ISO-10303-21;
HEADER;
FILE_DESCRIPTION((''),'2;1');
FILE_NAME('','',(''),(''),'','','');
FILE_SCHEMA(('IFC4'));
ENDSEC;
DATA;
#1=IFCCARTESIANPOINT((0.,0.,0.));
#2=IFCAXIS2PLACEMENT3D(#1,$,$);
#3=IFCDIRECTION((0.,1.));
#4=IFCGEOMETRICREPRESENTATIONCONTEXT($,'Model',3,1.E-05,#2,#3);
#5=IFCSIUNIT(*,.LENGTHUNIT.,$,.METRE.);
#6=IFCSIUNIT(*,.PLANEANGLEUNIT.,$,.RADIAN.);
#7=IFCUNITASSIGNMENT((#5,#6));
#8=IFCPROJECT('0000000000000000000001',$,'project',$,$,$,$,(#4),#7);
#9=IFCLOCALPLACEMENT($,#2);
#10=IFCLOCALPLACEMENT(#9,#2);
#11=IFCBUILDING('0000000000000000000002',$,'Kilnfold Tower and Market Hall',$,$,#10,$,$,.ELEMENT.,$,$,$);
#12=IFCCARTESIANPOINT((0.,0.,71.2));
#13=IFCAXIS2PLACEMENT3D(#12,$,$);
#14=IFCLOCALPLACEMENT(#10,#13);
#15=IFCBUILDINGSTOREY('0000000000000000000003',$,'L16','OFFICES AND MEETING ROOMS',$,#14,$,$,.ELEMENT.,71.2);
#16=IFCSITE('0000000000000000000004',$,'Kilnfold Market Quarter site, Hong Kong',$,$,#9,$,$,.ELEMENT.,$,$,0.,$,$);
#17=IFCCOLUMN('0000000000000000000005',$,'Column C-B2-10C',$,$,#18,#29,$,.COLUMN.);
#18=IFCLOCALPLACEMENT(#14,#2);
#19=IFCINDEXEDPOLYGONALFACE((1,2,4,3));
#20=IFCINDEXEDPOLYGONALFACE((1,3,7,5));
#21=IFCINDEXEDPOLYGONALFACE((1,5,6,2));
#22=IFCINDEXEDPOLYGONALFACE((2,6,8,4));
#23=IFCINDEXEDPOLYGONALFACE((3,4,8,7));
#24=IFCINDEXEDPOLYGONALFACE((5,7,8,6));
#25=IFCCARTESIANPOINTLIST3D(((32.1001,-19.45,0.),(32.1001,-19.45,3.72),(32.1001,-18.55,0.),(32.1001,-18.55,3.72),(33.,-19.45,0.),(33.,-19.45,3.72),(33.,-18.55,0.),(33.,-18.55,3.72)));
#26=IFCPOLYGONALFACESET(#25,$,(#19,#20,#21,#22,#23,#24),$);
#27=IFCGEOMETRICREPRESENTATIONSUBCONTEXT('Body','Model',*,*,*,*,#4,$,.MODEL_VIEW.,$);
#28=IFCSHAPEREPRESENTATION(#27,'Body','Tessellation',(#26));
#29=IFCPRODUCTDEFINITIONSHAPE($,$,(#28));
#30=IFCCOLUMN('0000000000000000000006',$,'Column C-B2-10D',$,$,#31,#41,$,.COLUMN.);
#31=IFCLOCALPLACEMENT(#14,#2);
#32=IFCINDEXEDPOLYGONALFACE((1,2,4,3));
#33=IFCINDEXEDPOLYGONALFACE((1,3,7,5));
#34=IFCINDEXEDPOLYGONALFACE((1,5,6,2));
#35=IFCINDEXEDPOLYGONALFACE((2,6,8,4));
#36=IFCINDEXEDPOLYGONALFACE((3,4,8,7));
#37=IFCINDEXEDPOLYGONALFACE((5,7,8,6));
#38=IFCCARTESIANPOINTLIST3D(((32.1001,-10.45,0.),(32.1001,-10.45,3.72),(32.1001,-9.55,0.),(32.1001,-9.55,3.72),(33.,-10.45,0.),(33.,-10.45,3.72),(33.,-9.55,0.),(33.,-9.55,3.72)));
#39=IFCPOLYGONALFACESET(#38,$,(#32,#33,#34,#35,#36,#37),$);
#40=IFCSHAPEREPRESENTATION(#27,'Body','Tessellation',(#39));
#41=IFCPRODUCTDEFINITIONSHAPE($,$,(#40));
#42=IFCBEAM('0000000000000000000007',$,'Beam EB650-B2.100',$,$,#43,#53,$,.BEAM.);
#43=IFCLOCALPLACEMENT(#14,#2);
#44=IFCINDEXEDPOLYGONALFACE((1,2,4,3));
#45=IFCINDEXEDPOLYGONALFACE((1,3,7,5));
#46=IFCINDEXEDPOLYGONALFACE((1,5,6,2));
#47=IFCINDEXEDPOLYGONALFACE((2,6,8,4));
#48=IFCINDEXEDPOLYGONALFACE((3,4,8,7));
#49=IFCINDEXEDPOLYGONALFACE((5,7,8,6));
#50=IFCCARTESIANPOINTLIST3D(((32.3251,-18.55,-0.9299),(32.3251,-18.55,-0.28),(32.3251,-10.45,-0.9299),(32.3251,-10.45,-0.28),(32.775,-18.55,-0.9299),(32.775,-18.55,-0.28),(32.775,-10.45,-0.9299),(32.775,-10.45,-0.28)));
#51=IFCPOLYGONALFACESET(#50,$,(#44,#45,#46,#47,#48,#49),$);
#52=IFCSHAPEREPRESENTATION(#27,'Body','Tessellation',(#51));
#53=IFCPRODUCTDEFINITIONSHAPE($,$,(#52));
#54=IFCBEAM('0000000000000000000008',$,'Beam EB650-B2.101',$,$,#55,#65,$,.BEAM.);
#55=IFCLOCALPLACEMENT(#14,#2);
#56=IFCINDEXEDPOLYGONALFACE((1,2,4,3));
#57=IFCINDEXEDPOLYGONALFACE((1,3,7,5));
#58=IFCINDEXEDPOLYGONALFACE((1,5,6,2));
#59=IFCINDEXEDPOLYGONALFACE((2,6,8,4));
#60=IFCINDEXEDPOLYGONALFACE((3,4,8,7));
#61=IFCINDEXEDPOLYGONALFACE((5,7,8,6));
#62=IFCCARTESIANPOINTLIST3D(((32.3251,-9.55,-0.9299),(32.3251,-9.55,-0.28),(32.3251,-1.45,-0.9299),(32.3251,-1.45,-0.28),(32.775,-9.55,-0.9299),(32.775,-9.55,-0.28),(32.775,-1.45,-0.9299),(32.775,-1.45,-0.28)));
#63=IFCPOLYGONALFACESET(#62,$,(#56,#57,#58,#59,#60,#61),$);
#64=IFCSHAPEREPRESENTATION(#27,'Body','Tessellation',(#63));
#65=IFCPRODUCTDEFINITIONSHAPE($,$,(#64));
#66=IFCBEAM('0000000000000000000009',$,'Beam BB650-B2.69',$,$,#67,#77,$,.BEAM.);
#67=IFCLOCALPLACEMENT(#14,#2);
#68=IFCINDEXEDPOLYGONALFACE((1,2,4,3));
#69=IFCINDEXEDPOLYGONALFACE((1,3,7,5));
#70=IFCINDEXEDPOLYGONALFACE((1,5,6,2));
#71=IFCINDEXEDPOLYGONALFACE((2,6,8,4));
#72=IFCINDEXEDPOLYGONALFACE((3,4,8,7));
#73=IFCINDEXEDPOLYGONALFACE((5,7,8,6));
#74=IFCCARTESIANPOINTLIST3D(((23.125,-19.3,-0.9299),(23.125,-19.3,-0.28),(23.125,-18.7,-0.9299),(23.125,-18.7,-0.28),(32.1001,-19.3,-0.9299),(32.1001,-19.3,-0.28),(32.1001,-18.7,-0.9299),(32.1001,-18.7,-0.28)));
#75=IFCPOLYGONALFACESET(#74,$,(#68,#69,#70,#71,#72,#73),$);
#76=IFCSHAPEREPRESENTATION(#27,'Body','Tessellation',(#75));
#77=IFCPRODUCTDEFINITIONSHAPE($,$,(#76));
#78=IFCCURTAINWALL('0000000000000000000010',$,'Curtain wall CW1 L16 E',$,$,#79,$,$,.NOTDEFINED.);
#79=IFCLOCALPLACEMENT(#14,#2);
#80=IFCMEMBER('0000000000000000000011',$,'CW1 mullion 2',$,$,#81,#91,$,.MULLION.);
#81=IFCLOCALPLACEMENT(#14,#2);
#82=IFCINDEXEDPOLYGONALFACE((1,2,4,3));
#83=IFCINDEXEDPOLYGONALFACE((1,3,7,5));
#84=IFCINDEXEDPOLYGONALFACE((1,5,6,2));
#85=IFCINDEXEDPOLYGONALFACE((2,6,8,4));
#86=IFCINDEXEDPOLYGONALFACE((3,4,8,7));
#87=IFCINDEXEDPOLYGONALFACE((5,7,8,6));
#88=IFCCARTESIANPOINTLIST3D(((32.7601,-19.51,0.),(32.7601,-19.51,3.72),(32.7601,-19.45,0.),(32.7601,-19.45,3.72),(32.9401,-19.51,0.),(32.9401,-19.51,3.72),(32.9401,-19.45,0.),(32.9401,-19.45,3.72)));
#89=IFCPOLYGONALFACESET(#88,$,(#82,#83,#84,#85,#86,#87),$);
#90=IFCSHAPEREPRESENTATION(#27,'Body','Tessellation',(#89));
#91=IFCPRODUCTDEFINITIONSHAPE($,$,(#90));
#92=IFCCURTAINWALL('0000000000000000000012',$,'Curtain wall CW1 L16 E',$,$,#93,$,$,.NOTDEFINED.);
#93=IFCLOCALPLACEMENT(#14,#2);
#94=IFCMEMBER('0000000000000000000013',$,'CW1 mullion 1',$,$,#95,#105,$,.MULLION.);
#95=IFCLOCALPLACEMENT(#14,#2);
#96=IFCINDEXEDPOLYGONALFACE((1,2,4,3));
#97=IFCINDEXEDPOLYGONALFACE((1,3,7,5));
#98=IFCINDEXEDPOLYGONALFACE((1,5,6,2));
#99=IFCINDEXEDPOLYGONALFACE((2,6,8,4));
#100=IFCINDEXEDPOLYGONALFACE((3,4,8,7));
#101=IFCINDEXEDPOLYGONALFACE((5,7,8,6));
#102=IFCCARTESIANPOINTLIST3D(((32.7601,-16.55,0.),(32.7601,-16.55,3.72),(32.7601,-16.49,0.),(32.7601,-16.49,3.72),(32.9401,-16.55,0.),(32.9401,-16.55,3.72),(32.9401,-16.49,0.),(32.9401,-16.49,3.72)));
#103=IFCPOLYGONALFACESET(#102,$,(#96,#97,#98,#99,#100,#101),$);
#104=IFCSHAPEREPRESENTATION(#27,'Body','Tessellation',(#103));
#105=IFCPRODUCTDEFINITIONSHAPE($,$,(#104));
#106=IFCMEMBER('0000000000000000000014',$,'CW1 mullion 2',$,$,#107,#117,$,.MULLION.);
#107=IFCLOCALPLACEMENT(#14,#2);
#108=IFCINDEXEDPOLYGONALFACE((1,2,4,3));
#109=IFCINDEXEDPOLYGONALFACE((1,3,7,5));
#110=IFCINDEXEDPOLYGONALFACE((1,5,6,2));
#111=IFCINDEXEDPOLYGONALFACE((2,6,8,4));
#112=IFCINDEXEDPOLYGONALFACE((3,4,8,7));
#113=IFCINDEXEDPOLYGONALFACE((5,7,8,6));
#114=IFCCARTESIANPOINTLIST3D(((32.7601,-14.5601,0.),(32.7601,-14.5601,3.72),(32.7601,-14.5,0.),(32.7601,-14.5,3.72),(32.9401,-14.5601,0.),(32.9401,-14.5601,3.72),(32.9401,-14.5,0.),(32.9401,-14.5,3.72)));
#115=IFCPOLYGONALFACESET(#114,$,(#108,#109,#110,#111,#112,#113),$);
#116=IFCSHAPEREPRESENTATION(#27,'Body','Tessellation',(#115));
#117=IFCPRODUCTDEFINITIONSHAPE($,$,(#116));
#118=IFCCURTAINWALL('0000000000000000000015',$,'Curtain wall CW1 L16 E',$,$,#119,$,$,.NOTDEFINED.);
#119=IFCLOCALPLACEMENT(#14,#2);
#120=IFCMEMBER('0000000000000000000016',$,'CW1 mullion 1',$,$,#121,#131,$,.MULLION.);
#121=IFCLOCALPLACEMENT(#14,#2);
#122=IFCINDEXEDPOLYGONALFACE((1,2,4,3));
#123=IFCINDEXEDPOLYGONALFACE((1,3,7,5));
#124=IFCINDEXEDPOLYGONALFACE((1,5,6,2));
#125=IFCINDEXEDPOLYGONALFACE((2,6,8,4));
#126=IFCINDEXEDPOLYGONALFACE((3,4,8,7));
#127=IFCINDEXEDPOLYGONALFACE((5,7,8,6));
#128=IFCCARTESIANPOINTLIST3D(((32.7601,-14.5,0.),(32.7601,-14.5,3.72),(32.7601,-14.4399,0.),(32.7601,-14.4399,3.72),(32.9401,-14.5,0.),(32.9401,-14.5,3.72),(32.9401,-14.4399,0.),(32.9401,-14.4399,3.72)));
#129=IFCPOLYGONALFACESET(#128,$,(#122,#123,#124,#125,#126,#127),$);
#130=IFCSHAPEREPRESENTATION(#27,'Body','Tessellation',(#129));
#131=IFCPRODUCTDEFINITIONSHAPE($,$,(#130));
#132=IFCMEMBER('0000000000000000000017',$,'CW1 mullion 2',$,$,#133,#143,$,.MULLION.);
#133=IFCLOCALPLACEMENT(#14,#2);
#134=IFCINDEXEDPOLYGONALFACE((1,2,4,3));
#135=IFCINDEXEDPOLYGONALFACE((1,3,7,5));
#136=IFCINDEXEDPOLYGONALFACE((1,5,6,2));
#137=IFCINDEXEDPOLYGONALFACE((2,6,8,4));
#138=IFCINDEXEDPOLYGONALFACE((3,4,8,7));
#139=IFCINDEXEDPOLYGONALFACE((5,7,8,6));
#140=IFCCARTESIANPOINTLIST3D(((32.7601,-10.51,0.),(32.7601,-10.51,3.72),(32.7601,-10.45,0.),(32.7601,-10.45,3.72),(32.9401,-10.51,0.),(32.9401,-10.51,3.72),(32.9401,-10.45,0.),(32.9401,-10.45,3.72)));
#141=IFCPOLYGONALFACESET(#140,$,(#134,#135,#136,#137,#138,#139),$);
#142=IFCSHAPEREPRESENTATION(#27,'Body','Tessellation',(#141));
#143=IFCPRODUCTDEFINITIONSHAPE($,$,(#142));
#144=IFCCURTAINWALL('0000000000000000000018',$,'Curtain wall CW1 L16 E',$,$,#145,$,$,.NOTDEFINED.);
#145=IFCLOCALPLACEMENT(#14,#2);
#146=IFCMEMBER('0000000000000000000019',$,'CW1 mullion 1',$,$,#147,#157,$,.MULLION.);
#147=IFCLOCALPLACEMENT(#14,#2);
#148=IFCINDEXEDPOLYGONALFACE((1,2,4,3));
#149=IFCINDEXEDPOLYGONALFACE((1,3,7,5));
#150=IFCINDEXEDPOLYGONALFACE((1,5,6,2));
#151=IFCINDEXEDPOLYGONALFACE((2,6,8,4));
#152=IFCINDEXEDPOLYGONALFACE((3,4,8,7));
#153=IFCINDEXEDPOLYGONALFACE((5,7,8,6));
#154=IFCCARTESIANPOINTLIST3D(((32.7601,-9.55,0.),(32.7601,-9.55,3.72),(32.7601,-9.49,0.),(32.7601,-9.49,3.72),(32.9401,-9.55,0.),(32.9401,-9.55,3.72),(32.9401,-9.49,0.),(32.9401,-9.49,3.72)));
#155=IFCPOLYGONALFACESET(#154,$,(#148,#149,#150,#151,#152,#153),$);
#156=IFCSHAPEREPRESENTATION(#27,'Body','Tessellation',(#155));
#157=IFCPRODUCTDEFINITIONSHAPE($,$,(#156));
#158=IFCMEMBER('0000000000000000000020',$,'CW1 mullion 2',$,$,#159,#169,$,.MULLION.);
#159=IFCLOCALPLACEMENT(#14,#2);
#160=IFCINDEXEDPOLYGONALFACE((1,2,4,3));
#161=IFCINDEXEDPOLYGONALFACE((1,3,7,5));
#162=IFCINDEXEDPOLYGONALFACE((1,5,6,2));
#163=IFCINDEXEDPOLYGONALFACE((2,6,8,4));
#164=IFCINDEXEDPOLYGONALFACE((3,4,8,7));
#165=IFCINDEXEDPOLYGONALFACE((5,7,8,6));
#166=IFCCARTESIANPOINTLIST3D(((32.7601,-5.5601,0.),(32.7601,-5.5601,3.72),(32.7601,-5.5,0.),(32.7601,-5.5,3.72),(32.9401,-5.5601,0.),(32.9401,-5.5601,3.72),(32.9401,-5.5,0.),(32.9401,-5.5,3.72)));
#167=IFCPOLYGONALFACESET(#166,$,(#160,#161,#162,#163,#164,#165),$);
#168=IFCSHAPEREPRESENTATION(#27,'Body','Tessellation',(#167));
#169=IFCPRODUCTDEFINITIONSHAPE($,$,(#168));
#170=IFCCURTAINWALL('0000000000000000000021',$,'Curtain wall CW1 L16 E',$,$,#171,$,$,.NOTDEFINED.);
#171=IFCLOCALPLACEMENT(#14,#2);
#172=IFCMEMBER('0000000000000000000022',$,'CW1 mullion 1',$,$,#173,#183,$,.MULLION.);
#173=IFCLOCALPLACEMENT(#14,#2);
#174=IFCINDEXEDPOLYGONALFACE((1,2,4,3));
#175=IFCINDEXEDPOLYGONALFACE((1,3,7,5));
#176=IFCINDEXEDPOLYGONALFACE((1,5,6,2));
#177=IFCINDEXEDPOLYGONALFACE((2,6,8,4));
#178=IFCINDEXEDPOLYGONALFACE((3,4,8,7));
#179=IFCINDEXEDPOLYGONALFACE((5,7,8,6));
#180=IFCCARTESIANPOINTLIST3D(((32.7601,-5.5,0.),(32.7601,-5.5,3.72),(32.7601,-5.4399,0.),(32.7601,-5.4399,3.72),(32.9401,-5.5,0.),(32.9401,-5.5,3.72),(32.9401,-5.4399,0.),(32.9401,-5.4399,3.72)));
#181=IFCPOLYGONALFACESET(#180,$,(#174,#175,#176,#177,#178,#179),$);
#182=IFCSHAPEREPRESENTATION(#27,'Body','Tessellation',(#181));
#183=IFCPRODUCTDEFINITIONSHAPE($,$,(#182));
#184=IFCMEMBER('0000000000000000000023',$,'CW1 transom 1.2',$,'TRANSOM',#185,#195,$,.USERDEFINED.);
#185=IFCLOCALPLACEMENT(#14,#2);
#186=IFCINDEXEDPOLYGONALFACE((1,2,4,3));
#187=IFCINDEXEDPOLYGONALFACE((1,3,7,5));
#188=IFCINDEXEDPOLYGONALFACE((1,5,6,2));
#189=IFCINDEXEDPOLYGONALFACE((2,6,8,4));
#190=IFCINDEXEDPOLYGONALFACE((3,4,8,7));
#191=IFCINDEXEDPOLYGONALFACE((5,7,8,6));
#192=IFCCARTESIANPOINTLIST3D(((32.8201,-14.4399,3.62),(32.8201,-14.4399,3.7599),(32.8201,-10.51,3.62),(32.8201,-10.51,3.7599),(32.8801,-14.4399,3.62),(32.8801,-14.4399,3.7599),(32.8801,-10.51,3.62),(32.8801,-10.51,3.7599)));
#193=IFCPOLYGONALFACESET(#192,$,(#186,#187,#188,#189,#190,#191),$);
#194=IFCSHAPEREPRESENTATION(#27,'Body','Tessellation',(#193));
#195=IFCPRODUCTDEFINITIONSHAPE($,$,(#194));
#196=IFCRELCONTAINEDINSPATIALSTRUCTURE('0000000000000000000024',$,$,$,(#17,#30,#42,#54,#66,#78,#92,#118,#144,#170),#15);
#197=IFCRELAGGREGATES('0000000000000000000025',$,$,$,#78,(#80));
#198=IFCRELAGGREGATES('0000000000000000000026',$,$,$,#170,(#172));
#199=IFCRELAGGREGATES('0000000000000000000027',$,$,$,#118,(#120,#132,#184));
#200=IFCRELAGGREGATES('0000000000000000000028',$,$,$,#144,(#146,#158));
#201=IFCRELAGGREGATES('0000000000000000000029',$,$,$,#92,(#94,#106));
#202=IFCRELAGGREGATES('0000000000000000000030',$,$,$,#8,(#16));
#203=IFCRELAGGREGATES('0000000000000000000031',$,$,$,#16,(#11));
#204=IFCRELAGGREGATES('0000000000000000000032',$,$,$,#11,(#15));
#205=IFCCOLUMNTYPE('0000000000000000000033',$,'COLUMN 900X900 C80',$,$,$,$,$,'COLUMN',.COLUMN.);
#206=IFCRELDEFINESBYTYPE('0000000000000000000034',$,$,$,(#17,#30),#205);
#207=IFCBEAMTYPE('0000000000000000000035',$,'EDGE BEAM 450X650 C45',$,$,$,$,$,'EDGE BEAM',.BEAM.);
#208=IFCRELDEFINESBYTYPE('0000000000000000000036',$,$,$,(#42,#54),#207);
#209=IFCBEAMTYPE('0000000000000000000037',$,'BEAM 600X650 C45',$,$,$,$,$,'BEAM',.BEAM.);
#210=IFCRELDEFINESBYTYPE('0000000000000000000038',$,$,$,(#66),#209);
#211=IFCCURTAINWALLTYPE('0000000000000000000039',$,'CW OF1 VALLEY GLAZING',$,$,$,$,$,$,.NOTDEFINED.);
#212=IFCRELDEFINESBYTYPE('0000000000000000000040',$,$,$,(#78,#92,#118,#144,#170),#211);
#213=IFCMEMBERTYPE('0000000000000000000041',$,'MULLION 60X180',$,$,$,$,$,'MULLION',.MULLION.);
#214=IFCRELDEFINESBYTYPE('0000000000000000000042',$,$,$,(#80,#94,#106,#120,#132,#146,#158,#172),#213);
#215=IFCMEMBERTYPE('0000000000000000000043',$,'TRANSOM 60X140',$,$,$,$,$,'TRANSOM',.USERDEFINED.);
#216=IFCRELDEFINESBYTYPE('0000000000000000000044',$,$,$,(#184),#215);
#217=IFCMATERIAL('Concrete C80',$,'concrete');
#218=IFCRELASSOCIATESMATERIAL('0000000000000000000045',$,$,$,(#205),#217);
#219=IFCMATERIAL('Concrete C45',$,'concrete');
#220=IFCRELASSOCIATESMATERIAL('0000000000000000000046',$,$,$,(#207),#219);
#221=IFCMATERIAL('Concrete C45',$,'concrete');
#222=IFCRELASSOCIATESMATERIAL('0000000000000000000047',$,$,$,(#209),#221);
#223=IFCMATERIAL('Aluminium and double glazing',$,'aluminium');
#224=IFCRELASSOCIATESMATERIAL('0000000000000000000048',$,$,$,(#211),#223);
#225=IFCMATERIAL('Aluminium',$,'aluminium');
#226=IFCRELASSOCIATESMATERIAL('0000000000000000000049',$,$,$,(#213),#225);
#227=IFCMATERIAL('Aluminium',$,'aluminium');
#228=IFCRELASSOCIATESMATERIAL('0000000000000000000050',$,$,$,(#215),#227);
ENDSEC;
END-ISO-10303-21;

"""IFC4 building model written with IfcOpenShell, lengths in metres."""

from ifc_helpers import new_model, si_unit, direction, frame, origin, origin_2d, place, context, subcontext, project, spatial, rectangle, extrude, source, transform, mapped, material, material_profile, profile_set, type_object, element, aggregate, save


model = new_model("IFC4")

# Units and contexts
model_context = context("Model", 3, precision=1e-05, world=origin(), true_north=direction((0.0, 1.0)))
body_context = subcontext(model_context, "Body", "Model", "MODEL_VIEW")
ifc_project = project(units=[si_unit("LENGTHUNIT", "METRE"), si_unit("PLANEANGLEUNIT", "RADIAN")], contexts=[model_context])

# Site, building, storey
site_placement = place(None, origin())
site = spatial("IfcSite", under=ifc_project, at=site_placement, Name="Kilnfold Market Quarter site, Hong Kong", CompositionType="ELEMENT", RefElevation=0.0)
building_placement = place(site_placement, origin())
building = spatial("IfcBuilding", under=site, at=building_placement, Name="Kilnfold Tower and Market Hall", CompositionType="ELEMENT")
storey_placement = place(building_placement, frame((0.0, 0.0, 71.2)))
storey = spatial("IfcBuildingStorey", under=building, at=storey_placement, Name="L16", Description="OFFICES AND MEETING ROOMS", CompositionType="ELEMENT", Elevation=71.2)

# Columns
ifc_material_1 = material(Name="Concrete C80", Category="concrete")
ifc_material_profile_1 = material_profile(ifc_material_1, rectangle(XDim=0.8999, YDim=0.8999, at=origin_2d()), Name="RC 900x900")
ifc_profile_set_1 = profile_set([ifc_material_profile_1], Name="Concrete C80")
column_type = type_object("IfcColumnType", Name="COLUMN 900X900 C80", ElementType="COLUMN", PredefinedType="COLUMN", material=ifc_profile_set_1)
shared_shape_1 = source(origin(), body_context, "Body", "SweptSolid", [
    extrude(rectangle(XDim=0.8999, YDim=0.8999, at=origin_2d()), origin(), (0.0, 0.0, 1.0), 3.72),
])
for number, where, z_axis, x_axis, name in (
    (1, (32.55, -19.0, 0.0), (0.0, 0.0, 1.0), (1.0, 0.0, 0.0), "Column C-B2-10C"),
    (2, (32.55, -10.0, 0.0), (0.0, 0.0, 1.0), (1.0, 0.0, 0.0), "Column C-B2-10D"),
):
    element("IfcColumn", number, at=place(storey_placement, frame(where, z_axis=z_axis, x_axis=x_axis)), inside=storey, type_object=column_type, Name=name, PredefinedType="COLUMN", context=body_context, shape_type="MappedRepresentation", body=[
        mapped(shared_shape_1, transform((0.0, 0.0, 0.0))),
    ])

# Beams
ifc_material_2 = material(Name="Concrete C45", Category="concrete")
ifc_material_profile_2 = material_profile(ifc_material_2, rectangle(XDim=0.45, YDim=0.6499, at=origin_2d()), Name="RC 450x650")
ifc_profile_set_2 = profile_set([ifc_material_profile_2], Name="Concrete C45")
beam_type_1 = type_object("IfcBeamType", Name="EDGE BEAM 450X650 C45", ElementType="EDGE BEAM", PredefinedType="BEAM", material=ifc_profile_set_2)
shared_shape_2 = source(origin(), body_context, "Body", "SweptSolid", [
    extrude(rectangle(XDim=0.45, YDim=0.6499, at=origin_2d()), origin(), (0.0, 0.0, 1.0), 8.1001),
])
for number, where, z_axis, x_axis, name in (
    (3, (32.55, -18.55, -0.605), (0.0, 1.0, 0.0), (-1.0, 0.0, 0.0), "Beam EB650-B2.100"),
    (4, (32.55, -9.55, -0.605), (0.0, 1.0, 0.0), (-1.0, 0.0, 0.0), "Beam EB650-B2.101"),
):
    element("IfcBeam", number, at=place(storey_placement, frame(where, z_axis=z_axis, x_axis=x_axis)), inside=storey, type_object=beam_type_1, Name=name, PredefinedType="BEAM", context=body_context, shape_type="MappedRepresentation", body=[
        mapped(shared_shape_2, transform((0.0, 0.0, 0.0))),
    ])
ifc_material_3 = material(Name="Concrete C45", Category="concrete")
ifc_material_profile_3 = material_profile(ifc_material_3, rectangle(XDim=0.6001, YDim=0.6499, at=origin_2d()), Name="RC 600x650")
ifc_profile_set_3 = profile_set([ifc_material_profile_3], Name="Concrete C45")
beam_type_2 = type_object("IfcBeamType", Name="BEAM 600X650 C45", ElementType="BEAM", PredefinedType="BEAM", material=ifc_profile_set_3)
shared_shape_3 = source(origin(), body_context, "Body", "SweptSolid", [
    extrude(rectangle(XDim=0.6001, YDim=0.6499, at=origin_2d()), origin(), (0.0, 0.0, 1.0), 8.9751),
])
beam_placement = place(storey_placement, frame((23.125, -19.0, -0.605), z_axis=(1.0, 0.0, 0.0), x_axis=(0.0, 1.0, 0.0)))
element("IfcBeam", 5, at=beam_placement, inside=storey, type_object=beam_type_2, Name="Beam BB650-B2.69", PredefinedType="BEAM", context=body_context, shape_type="MappedRepresentation", body=[
    mapped(shared_shape_3, transform((0.0, 0.0, 0.0))),
])

# Curtain wall, member
ifc_material_4 = material(Name="Aluminium and double glazing", Category="aluminium")
curtain_wall_type = type_object("IfcCurtainWallType", Name="CW OF1 VALLEY GLAZING", PredefinedType="NOTDEFINED", material=ifc_material_4)
curtain_wall_1_placement = place(storey_placement, origin())
curtain_wall_1 = element("IfcCurtainWall", 6, at=curtain_wall_1_placement, inside=storey, type_object=curtain_wall_type, Name="Curtain wall CW1 L16 E", PredefinedType="NOTDEFINED")
ifc_material_5 = material(Name="Aluminium", Category="aluminium")
ifc_material_profile_4 = material_profile(ifc_material_5, rectangle(XDim=0.0601, YDim=0.1799, at=origin_2d()), Name="MULLION 60x180")
ifc_profile_set_4 = profile_set([ifc_material_profile_4], Name="Aluminium")
member_type_1 = type_object("IfcMemberType", Name="MULLION 60X180", ElementType="MULLION", PredefinedType="MULLION", material=ifc_profile_set_4)
shared_shape_4 = source(origin(), body_context, "Body", "SweptSolid", [
    extrude(rectangle(XDim=0.0601, YDim=0.1799, at=origin_2d()), origin(), (0.0, 0.0, 1.0), 3.72),
])
member_1_placement = place(storey_placement, frame((32.8501, -19.48, 0.0), z_axis=(0.0, 0.0, 1.0), x_axis=(0.0, 1.0, 0.0)))
member_1 = element("IfcMember", 7, at=member_1_placement, type_object=member_type_1, Name="CW1 mullion 2", PredefinedType="MULLION", context=body_context, shape_type="MappedRepresentation", body=[
    mapped(shared_shape_4, transform((0.0, 0.0, 0.0))),
])
aggregate(curtain_wall_1, [member_1])

# Curtain walls, members
curtain_wall_2_placement = place(storey_placement, origin())
curtain_wall_2 = element("IfcCurtainWall", 8, at=curtain_wall_2_placement, inside=storey, type_object=curtain_wall_type, Name="Curtain wall CW1 L16 E", PredefinedType="NOTDEFINED")
member_2_placement = place(storey_placement, frame((32.8501, -16.52, 0.0), z_axis=(0.0, 0.0, 1.0), x_axis=(0.0, 1.0, 0.0)))
member_2 = element("IfcMember", 9, at=member_2_placement, type_object=member_type_1, Name="CW1 mullion 1", PredefinedType="MULLION", context=body_context, shape_type="MappedRepresentation", body=[
    mapped(shared_shape_4, transform((0.0, 0.0, 0.0))),
])
member_3_placement = place(storey_placement, frame((32.8501, -14.53, 0.0), z_axis=(0.0, 0.0, 1.0), x_axis=(0.0, 1.0, 0.0)))
member_3 = element("IfcMember", 10, at=member_3_placement, type_object=member_type_1, Name="CW1 mullion 2", PredefinedType="MULLION", context=body_context, shape_type="MappedRepresentation", body=[
    mapped(shared_shape_4, transform((0.0, 0.0, 0.0))),
])
curtain_wall_3_placement = place(storey_placement, origin())
curtain_wall_3 = element("IfcCurtainWall", 11, at=curtain_wall_3_placement, inside=storey, type_object=curtain_wall_type, Name="Curtain wall CW1 L16 E", PredefinedType="NOTDEFINED")
member_4_placement = place(storey_placement, frame((32.8501, -14.47, 0.0), z_axis=(0.0, 0.0, 1.0), x_axis=(0.0, 1.0, 0.0)))
member_4 = element("IfcMember", 12, at=member_4_placement, type_object=member_type_1, Name="CW1 mullion 1", PredefinedType="MULLION", context=body_context, shape_type="MappedRepresentation", body=[
    mapped(shared_shape_4, transform((0.0, 0.0, 0.0))),
])
member_5_placement = place(storey_placement, frame((32.8501, -10.48, 0.0), z_axis=(0.0, 0.0, 1.0), x_axis=(0.0, 1.0, 0.0)))
member_5 = element("IfcMember", 13, at=member_5_placement, type_object=member_type_1, Name="CW1 mullion 2", PredefinedType="MULLION", context=body_context, shape_type="MappedRepresentation", body=[
    mapped(shared_shape_4, transform((0.0, 0.0, 0.0))),
])
curtain_wall_4_placement = place(storey_placement, origin())
curtain_wall_4 = element("IfcCurtainWall", 14, at=curtain_wall_4_placement, inside=storey, type_object=curtain_wall_type, Name="Curtain wall CW1 L16 E", PredefinedType="NOTDEFINED")
member_6_placement = place(storey_placement, frame((32.8501, -9.52, 0.0), z_axis=(0.0, 0.0, 1.0), x_axis=(0.0, 1.0, 0.0)))
member_6 = element("IfcMember", 15, at=member_6_placement, type_object=member_type_1, Name="CW1 mullion 1", PredefinedType="MULLION", context=body_context, shape_type="MappedRepresentation", body=[
    mapped(shared_shape_4, transform((0.0, 0.0, 0.0))),
])
member_7_placement = place(storey_placement, frame((32.8501, -5.53, 0.0), z_axis=(0.0, 0.0, 1.0), x_axis=(0.0, 1.0, 0.0)))
member_7 = element("IfcMember", 16, at=member_7_placement, type_object=member_type_1, Name="CW1 mullion 2", PredefinedType="MULLION", context=body_context, shape_type="MappedRepresentation", body=[
    mapped(shared_shape_4, transform((0.0, 0.0, 0.0))),
])

# Curtain wall, member
curtain_wall_5_placement = place(storey_placement, origin())
curtain_wall_5 = element("IfcCurtainWall", 17, at=curtain_wall_5_placement, inside=storey, type_object=curtain_wall_type, Name="Curtain wall CW1 L16 E", PredefinedType="NOTDEFINED")
member_8_placement = place(storey_placement, frame((32.8501, -5.47, 0.0), z_axis=(0.0, 0.0, 1.0), x_axis=(0.0, 1.0, 0.0)))
member_8 = element("IfcMember", 18, at=member_8_placement, type_object=member_type_1, Name="CW1 mullion 1", PredefinedType="MULLION", context=body_context, shape_type="MappedRepresentation", body=[
    mapped(shared_shape_4, transform((0.0, 0.0, 0.0))),
])

# Member
ifc_material_6 = material(Name="Aluminium", Category="aluminium")
ifc_material_profile_5 = material_profile(ifc_material_6, rectangle(XDim=0.0601, YDim=0.1399, at=origin_2d()), Name="TRANSOM 60x140")
ifc_profile_set_5 = profile_set([ifc_material_profile_5], Name="Aluminium")
member_type_2 = type_object("IfcMemberType", Name="TRANSOM 60X140", ElementType="TRANSOM", PredefinedType="USERDEFINED", material=ifc_profile_set_5)
shared_shape_5 = source(origin(), body_context, "Body", "SweptSolid", [
    extrude(rectangle(XDim=0.0601, YDim=0.1399, at=origin_2d()), origin(), (0.0, 0.0, 1.0), 3.9299),
])
member_9_placement = place(storey_placement, frame((32.8501, -14.4399, 3.6899), z_axis=(0.0, 1.0, 0.0), x_axis=(-1.0, 0.0, 0.0)))
member_9 = element("IfcMember", 19, at=member_9_placement, type_object=member_type_2, Name="CW1 transom 1.2", ObjectType="TRANSOM", PredefinedType="USERDEFINED", context=body_context, shape_type="MappedRepresentation", body=[
    mapped(shared_shape_5, transform((0.0, 0.0, 0.0))),
])
aggregate(curtain_wall_5, [member_8])

aggregate(curtain_wall_3, [member_4, member_5, member_9])
aggregate(curtain_wall_4, [member_6, member_7])
aggregate(curtain_wall_2, [member_2, member_3])

save(model, "model.ifc")
